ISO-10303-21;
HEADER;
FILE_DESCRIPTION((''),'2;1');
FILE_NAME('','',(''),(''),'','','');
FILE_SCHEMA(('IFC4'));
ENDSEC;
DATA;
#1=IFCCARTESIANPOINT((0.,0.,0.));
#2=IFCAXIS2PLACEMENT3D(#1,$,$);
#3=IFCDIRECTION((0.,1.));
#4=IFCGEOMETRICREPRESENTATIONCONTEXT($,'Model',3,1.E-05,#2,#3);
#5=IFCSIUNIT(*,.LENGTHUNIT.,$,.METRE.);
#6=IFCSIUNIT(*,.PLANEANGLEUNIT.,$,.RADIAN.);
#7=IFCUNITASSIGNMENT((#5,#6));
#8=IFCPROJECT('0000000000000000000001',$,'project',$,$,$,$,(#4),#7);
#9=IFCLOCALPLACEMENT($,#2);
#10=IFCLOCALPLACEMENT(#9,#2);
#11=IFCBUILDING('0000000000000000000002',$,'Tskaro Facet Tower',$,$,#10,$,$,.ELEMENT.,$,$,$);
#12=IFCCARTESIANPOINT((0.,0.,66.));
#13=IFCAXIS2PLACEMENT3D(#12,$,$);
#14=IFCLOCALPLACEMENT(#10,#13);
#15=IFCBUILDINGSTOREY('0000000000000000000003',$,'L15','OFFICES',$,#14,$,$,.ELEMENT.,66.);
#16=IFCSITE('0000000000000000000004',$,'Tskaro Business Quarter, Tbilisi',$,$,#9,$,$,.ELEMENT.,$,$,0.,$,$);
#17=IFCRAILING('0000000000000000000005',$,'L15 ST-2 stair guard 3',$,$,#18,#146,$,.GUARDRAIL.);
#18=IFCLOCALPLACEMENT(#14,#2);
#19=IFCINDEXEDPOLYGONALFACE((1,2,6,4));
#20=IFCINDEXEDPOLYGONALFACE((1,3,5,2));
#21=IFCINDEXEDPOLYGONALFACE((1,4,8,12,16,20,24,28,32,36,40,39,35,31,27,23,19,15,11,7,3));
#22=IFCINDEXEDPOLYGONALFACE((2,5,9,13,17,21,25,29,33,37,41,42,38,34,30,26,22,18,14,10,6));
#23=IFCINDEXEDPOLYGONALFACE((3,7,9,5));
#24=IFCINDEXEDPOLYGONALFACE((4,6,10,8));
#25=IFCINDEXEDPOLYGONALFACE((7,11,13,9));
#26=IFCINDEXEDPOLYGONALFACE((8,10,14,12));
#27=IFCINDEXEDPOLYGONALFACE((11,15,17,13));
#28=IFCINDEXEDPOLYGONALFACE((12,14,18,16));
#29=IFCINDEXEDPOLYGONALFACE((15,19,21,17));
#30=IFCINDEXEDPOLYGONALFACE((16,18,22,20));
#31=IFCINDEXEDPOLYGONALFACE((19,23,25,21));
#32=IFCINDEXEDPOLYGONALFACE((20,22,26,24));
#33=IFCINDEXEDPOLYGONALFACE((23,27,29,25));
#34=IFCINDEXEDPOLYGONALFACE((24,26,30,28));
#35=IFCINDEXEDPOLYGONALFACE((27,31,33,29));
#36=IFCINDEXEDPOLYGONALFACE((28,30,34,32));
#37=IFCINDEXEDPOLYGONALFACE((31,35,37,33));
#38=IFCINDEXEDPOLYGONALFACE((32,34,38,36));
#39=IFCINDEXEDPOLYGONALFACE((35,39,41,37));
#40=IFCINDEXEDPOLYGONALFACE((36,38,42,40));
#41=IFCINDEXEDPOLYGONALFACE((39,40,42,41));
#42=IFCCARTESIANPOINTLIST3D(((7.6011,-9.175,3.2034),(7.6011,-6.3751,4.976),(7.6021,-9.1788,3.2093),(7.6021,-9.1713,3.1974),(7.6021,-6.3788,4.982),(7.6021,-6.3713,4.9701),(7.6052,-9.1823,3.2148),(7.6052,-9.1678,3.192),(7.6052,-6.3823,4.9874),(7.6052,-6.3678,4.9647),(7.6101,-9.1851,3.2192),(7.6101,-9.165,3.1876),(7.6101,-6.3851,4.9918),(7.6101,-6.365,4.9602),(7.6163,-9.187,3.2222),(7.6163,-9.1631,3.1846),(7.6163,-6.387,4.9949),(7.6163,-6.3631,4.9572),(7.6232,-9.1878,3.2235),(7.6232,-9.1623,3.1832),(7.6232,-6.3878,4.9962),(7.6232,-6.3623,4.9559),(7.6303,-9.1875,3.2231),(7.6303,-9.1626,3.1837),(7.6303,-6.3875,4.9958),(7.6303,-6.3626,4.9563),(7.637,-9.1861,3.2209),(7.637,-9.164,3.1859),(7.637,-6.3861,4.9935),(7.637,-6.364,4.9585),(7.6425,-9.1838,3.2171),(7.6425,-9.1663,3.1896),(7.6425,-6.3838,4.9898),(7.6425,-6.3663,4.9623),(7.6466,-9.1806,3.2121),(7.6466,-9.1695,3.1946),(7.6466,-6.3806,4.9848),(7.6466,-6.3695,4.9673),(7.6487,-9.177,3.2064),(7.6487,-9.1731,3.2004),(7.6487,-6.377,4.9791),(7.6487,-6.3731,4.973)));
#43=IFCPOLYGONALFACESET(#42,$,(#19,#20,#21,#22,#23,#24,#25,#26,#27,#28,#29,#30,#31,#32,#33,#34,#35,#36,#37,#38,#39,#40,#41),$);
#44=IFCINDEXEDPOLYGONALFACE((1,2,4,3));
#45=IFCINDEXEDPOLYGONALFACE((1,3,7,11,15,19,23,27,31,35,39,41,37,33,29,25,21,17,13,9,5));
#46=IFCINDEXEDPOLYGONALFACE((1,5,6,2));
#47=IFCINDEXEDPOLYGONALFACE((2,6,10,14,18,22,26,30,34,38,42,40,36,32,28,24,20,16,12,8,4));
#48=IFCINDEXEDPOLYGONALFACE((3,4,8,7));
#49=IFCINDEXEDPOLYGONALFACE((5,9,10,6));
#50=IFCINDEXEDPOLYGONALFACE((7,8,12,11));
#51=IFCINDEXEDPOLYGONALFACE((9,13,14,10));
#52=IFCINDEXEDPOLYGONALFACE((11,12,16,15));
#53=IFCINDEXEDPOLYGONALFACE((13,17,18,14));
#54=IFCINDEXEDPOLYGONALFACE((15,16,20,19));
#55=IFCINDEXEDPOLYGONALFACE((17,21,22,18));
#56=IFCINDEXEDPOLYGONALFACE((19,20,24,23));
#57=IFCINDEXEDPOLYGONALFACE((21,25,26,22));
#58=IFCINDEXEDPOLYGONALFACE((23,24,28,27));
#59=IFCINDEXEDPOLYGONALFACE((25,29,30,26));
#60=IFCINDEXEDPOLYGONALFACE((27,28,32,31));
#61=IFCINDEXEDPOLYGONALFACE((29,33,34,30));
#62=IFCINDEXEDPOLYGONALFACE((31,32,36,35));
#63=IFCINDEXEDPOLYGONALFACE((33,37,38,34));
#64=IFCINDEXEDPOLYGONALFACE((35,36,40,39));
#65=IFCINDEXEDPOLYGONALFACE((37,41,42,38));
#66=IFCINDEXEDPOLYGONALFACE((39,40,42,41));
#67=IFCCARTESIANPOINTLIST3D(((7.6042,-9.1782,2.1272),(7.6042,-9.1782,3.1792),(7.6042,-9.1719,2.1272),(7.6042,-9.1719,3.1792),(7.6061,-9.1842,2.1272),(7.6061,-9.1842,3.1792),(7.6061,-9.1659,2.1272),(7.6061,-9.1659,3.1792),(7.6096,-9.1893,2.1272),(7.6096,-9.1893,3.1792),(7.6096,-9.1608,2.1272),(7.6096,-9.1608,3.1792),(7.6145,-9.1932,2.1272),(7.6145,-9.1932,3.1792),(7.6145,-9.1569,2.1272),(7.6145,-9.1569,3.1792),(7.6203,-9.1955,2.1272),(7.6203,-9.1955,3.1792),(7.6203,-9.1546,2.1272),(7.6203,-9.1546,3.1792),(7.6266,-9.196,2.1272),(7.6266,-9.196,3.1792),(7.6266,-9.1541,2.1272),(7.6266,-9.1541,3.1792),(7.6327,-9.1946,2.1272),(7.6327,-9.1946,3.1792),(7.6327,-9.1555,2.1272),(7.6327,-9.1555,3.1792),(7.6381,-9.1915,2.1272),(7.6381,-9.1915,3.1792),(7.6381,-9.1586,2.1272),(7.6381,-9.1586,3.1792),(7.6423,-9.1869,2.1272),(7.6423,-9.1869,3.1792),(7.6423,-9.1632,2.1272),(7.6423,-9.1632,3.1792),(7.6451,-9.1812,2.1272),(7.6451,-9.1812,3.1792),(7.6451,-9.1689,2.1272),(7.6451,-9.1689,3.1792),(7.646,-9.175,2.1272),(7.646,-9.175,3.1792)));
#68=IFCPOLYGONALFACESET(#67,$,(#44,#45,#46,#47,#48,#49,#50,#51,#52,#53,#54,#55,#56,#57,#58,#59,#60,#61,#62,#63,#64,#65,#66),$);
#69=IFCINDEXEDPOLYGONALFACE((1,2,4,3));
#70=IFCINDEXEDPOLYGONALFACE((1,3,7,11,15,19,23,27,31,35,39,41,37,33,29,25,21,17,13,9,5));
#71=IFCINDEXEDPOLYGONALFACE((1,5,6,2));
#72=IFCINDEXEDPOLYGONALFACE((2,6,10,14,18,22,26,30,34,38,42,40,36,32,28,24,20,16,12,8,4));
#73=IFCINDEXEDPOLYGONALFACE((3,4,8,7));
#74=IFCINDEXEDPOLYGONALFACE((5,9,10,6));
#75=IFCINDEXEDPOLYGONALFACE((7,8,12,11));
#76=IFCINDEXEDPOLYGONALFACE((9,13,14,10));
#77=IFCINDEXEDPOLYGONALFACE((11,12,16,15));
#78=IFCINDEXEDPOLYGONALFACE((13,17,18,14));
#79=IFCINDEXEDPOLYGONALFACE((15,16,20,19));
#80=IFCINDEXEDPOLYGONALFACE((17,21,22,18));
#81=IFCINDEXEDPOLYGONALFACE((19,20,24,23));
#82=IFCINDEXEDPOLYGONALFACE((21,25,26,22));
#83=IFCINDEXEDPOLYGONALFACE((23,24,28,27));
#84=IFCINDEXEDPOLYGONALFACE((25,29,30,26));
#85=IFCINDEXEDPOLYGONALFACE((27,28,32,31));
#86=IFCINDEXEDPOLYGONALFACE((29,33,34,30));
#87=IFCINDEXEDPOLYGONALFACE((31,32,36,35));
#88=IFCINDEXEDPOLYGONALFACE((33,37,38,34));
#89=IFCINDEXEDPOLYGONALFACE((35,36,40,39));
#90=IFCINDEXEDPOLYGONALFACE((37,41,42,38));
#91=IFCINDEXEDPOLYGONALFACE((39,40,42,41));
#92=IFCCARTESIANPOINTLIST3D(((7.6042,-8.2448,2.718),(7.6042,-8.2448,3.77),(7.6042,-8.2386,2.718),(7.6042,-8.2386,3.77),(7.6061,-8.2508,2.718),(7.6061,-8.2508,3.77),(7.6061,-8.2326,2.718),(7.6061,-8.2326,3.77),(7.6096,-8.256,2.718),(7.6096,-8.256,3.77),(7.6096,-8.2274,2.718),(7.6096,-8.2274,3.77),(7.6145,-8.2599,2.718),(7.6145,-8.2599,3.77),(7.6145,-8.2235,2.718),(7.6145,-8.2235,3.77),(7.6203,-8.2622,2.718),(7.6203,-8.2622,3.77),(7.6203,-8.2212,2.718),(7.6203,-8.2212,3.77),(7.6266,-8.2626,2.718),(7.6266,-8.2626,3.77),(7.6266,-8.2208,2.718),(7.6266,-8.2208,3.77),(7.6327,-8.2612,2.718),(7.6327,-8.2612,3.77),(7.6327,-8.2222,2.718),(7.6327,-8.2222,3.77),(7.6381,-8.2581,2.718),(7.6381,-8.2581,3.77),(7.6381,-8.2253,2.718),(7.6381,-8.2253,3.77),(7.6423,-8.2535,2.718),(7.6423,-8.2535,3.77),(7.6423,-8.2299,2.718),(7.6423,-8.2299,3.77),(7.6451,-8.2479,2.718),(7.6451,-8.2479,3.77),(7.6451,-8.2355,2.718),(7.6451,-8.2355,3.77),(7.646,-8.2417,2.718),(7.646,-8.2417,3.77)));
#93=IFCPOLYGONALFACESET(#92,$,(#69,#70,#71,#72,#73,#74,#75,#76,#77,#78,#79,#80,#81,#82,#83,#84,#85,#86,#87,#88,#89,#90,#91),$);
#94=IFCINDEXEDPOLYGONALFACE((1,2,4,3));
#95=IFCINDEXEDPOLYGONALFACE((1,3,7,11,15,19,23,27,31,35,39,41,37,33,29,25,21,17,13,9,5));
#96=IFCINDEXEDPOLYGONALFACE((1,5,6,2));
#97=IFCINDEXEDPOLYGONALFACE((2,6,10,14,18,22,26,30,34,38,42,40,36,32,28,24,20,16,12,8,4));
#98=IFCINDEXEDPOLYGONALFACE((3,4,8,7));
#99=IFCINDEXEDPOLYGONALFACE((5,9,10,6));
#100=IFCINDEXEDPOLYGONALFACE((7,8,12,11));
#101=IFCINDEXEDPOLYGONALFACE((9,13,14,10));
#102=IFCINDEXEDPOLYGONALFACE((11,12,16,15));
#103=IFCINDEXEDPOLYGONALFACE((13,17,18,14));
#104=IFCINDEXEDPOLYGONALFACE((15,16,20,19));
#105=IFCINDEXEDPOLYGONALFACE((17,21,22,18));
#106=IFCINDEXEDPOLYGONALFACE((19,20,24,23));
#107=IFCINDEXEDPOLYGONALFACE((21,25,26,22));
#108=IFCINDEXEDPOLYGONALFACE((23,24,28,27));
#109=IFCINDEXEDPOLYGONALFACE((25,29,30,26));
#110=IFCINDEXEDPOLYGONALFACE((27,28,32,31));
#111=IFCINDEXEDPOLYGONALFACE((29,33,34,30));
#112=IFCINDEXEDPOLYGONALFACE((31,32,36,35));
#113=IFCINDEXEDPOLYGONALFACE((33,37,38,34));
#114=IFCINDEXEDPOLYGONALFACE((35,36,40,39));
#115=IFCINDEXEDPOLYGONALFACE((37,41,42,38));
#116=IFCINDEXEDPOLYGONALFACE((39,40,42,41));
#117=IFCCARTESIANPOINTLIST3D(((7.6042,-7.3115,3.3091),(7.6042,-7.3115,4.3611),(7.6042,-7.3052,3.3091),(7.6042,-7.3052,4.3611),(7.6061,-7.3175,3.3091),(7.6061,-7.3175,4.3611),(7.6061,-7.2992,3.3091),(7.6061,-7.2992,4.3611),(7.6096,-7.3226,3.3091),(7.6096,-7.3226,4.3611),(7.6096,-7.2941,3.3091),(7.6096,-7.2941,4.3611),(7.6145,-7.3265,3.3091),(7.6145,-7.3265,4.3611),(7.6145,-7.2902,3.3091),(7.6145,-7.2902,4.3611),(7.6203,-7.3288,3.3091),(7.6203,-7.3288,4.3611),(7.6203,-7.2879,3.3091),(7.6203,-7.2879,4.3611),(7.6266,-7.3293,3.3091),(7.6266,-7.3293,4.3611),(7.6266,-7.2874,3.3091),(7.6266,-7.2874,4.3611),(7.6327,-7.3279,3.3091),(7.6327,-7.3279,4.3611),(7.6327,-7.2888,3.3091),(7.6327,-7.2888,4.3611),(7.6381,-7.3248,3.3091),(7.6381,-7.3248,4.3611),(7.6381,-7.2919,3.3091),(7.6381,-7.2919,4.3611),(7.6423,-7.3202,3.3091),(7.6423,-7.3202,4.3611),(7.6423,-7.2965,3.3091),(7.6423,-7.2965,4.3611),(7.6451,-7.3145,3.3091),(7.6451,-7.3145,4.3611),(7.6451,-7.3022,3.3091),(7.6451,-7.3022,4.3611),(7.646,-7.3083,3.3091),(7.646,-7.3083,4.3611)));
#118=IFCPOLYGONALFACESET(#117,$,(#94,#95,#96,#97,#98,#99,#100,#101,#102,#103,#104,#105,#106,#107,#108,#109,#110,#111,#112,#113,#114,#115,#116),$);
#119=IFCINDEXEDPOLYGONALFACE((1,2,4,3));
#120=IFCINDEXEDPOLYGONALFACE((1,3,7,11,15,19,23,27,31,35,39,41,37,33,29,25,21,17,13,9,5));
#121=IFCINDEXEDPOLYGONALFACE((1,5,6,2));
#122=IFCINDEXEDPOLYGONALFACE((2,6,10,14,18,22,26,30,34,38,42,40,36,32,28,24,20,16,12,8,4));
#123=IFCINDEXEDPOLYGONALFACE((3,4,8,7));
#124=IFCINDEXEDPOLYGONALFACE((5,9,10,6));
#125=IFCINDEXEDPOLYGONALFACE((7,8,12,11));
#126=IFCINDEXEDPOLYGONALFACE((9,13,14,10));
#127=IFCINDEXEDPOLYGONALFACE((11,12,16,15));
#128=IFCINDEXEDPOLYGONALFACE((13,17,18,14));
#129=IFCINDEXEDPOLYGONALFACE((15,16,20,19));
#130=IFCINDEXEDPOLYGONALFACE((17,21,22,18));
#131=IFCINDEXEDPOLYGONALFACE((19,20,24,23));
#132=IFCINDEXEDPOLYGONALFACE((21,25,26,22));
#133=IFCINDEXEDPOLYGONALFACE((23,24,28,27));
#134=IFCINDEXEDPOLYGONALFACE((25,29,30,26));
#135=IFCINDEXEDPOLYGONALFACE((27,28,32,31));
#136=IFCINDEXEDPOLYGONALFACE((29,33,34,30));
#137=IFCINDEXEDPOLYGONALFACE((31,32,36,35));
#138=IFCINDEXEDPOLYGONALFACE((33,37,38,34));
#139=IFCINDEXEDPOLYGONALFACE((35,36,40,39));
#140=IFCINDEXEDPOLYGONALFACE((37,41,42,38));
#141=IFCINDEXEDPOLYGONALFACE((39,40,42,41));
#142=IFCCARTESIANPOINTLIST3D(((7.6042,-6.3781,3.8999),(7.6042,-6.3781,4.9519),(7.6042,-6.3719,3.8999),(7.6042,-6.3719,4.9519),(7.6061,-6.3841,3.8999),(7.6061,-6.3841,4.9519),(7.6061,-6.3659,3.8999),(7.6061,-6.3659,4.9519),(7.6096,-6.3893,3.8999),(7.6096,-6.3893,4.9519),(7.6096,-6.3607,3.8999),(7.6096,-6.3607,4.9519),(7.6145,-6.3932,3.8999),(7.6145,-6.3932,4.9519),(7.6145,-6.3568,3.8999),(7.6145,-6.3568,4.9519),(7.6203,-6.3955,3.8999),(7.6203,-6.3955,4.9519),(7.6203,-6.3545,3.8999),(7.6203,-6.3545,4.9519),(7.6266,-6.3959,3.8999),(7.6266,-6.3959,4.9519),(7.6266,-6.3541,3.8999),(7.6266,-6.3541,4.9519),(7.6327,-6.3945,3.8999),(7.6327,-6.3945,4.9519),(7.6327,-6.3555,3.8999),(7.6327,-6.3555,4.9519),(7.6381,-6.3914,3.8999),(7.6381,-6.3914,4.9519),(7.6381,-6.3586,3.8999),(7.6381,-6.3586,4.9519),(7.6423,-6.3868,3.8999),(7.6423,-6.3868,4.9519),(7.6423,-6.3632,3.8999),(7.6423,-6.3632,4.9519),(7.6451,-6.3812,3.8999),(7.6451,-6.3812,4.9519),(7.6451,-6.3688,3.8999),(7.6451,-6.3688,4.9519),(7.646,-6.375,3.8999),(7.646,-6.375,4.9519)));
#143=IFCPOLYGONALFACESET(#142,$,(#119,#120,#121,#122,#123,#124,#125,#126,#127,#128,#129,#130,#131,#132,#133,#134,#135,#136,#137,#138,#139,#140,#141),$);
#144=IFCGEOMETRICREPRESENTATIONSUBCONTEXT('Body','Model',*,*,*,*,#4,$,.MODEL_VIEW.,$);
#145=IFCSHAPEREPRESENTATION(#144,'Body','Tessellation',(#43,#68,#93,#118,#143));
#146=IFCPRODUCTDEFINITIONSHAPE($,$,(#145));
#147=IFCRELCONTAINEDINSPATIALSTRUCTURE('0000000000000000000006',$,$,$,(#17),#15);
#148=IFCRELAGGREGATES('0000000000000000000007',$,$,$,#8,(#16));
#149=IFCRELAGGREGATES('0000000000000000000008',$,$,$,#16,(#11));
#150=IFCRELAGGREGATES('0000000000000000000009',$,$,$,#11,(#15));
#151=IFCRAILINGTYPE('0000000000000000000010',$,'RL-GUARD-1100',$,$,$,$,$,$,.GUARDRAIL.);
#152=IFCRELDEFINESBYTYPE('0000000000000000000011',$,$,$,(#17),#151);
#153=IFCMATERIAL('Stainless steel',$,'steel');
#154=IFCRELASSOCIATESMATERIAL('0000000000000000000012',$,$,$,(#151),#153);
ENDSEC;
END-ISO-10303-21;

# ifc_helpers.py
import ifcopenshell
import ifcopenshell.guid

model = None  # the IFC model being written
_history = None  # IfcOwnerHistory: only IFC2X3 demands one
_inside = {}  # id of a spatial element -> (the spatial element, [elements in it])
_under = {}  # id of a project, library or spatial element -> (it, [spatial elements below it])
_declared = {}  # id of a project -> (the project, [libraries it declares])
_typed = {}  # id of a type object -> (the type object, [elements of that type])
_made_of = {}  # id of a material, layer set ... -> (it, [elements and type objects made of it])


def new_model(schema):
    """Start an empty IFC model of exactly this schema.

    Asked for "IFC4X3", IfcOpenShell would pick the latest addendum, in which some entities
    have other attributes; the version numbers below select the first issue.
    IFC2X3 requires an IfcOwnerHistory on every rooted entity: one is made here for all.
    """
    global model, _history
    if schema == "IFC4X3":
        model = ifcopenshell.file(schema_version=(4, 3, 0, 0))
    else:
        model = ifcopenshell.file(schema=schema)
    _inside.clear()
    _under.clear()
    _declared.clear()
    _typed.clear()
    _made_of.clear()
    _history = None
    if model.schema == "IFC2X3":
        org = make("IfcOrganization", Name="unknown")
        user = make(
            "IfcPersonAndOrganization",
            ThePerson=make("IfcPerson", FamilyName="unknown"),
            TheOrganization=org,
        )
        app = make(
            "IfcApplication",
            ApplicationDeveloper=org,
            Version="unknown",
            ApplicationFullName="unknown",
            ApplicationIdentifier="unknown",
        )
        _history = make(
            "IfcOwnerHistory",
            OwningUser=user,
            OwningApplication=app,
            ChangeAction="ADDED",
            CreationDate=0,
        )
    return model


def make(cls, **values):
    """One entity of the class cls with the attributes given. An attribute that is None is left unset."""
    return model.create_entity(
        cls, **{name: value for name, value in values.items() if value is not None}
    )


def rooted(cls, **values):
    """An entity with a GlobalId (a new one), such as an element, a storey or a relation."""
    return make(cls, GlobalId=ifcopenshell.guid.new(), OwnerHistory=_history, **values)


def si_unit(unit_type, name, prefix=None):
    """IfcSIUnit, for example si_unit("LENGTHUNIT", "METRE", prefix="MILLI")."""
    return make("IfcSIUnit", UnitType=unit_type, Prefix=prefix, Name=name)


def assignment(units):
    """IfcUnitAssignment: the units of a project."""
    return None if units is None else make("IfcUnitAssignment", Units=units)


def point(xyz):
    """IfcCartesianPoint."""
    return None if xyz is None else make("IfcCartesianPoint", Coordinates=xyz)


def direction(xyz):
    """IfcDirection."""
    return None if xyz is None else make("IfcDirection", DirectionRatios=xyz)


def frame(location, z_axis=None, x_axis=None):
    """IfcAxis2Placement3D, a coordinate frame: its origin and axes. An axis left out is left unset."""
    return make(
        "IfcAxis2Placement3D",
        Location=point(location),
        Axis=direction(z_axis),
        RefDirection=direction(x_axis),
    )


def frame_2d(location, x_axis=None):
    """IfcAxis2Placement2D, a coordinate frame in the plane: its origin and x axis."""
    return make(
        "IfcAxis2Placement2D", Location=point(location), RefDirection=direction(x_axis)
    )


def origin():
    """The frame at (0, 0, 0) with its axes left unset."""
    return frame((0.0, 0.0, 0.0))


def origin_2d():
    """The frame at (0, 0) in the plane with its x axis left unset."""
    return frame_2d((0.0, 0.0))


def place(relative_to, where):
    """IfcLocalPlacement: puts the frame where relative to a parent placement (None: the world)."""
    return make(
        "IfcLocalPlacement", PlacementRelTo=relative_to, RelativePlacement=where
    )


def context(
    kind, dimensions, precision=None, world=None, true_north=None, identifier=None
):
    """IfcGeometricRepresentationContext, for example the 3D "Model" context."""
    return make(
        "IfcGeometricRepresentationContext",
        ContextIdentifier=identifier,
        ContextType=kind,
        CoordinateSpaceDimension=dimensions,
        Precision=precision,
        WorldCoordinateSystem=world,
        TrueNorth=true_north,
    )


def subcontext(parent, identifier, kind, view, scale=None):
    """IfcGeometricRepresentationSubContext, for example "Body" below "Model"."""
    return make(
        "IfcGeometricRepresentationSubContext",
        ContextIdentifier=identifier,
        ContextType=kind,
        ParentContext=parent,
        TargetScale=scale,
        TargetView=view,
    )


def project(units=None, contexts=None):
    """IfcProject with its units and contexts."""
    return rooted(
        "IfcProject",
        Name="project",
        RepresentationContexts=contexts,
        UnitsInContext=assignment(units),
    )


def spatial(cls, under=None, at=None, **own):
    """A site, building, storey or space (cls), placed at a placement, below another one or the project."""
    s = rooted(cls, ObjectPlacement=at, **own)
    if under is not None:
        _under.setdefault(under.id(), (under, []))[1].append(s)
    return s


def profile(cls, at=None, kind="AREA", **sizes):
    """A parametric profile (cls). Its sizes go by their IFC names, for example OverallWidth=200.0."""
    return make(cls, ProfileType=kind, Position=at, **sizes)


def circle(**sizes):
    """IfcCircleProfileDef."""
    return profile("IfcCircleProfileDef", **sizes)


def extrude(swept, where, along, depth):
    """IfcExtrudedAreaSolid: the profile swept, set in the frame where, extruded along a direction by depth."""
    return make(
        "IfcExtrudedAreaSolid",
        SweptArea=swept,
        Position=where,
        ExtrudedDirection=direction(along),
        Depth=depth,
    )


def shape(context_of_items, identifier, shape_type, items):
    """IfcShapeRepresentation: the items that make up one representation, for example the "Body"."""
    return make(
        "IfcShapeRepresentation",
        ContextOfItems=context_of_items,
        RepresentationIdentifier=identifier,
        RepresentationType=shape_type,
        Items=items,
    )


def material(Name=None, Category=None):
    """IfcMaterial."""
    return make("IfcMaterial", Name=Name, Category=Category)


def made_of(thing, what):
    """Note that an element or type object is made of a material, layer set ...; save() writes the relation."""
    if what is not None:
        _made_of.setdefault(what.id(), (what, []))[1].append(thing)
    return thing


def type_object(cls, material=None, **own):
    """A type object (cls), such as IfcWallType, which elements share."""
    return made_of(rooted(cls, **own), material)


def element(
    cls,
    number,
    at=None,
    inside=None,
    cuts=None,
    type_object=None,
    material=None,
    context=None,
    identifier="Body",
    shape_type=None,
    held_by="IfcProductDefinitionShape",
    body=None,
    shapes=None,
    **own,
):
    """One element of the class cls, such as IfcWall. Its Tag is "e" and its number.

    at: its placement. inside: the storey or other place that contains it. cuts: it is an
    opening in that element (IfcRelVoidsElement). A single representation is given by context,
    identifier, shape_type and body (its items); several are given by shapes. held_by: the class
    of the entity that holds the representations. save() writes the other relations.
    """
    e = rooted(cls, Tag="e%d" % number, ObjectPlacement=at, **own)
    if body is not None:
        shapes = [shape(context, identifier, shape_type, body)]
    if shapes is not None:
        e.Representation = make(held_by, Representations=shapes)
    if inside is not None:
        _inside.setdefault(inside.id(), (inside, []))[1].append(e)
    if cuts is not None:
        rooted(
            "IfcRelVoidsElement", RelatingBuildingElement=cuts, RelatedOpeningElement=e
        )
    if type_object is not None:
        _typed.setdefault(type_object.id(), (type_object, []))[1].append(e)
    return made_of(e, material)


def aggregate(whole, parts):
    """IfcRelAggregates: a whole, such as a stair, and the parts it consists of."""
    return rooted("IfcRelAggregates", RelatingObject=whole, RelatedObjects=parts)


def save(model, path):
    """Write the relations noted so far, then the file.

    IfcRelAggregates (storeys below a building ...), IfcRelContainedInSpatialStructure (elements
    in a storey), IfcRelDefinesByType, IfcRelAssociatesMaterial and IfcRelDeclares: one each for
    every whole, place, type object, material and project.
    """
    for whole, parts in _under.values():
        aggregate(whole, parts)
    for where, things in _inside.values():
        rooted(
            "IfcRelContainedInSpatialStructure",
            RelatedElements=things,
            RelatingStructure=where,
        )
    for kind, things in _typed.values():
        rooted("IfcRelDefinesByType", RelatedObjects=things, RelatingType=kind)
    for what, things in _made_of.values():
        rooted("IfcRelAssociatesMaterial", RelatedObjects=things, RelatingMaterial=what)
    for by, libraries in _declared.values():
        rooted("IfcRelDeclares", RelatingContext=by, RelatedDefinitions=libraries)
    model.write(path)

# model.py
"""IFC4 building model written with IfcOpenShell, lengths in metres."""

from ifc_helpers import new_model, si_unit, direction, frame, origin, origin_2d, place, context, subcontext, project, spatial, circle, extrude, material, type_object, element, save


model = new_model("IFC4")

# Units and contexts
model_context = context("Model", 3, precision=1e-05, world=origin(), true_north=direction((0.0, 1.0)))
body_context = subcontext(model_context, "Body", "Model", "MODEL_VIEW")
ifc_project = project(units=[si_unit("LENGTHUNIT", "METRE"), si_unit("PLANEANGLEUNIT", "RADIAN")], contexts=[model_context])

# Site, building, storey
site_placement = place(None, origin())
site = spatial("IfcSite", under=ifc_project, at=site_placement, Name="Tskaro Business Quarter, Tbilisi", CompositionType="ELEMENT", RefElevation=0.0)
building_placement = place(site_placement, origin())
building = spatial("IfcBuilding", under=site, at=building_placement, Name="Tskaro Facet Tower", CompositionType="ELEMENT")
storey_placement = place(building_placement, frame((0.0, 0.0, 66.0)))
storey = spatial("IfcBuildingStorey", under=building, at=storey_placement, Name="L15", Description="OFFICES", CompositionType="ELEMENT", Elevation=66.0)

# Railing
ifc_material_1 = material(Name="Stainless steel", Category="steel")
railing_type_1 = type_object("IfcRailingType", Name="RL-GUARD-1100", PredefinedType="GUARDRAIL", material=ifc_material_1)
railing_1_placement = place(storey_placement, frame((7.625, -9.175, 2.1272)))
element("IfcRailing", 1, at=railing_1_placement, inside=storey, type_object=railing_type_1, Name="L15 ST-2 stair guard 3", PredefinedType="GUARDRAIL", context=body_context, shape_type="SweptSolid", body=[
    extrude(circle(Radius=0.0239, at=origin_2d()), frame((0.0, 0.0, 1.0762), z_axis=(0.0, 0.844909, 0.53491), x_axis=(-1.0, 0.0, 0.0)), (0.0, 0.0, 1.0), 3.314),
    extrude(circle(Radius=0.021, at=origin_2d()), origin(), (0.0, 0.0, 1.0), 1.052),
    extrude(circle(Radius=0.021, at=origin_2d()), frame((0.0, 0.9333, 0.5908)), (0.0, 0.0, 1.0), 1.052),
    extrude(circle(Radius=0.021, at=origin_2d()), frame((0.0, 1.8667, 1.1819)), (0.0, 0.0, 1.0), 1.052),
    extrude(circle(Radius=0.021, at=origin_2d()), frame((0.0, 2.8, 1.7727)), (0.0, 0.0, 1.0), 1.052),
])

save(model, "model.ifc")
